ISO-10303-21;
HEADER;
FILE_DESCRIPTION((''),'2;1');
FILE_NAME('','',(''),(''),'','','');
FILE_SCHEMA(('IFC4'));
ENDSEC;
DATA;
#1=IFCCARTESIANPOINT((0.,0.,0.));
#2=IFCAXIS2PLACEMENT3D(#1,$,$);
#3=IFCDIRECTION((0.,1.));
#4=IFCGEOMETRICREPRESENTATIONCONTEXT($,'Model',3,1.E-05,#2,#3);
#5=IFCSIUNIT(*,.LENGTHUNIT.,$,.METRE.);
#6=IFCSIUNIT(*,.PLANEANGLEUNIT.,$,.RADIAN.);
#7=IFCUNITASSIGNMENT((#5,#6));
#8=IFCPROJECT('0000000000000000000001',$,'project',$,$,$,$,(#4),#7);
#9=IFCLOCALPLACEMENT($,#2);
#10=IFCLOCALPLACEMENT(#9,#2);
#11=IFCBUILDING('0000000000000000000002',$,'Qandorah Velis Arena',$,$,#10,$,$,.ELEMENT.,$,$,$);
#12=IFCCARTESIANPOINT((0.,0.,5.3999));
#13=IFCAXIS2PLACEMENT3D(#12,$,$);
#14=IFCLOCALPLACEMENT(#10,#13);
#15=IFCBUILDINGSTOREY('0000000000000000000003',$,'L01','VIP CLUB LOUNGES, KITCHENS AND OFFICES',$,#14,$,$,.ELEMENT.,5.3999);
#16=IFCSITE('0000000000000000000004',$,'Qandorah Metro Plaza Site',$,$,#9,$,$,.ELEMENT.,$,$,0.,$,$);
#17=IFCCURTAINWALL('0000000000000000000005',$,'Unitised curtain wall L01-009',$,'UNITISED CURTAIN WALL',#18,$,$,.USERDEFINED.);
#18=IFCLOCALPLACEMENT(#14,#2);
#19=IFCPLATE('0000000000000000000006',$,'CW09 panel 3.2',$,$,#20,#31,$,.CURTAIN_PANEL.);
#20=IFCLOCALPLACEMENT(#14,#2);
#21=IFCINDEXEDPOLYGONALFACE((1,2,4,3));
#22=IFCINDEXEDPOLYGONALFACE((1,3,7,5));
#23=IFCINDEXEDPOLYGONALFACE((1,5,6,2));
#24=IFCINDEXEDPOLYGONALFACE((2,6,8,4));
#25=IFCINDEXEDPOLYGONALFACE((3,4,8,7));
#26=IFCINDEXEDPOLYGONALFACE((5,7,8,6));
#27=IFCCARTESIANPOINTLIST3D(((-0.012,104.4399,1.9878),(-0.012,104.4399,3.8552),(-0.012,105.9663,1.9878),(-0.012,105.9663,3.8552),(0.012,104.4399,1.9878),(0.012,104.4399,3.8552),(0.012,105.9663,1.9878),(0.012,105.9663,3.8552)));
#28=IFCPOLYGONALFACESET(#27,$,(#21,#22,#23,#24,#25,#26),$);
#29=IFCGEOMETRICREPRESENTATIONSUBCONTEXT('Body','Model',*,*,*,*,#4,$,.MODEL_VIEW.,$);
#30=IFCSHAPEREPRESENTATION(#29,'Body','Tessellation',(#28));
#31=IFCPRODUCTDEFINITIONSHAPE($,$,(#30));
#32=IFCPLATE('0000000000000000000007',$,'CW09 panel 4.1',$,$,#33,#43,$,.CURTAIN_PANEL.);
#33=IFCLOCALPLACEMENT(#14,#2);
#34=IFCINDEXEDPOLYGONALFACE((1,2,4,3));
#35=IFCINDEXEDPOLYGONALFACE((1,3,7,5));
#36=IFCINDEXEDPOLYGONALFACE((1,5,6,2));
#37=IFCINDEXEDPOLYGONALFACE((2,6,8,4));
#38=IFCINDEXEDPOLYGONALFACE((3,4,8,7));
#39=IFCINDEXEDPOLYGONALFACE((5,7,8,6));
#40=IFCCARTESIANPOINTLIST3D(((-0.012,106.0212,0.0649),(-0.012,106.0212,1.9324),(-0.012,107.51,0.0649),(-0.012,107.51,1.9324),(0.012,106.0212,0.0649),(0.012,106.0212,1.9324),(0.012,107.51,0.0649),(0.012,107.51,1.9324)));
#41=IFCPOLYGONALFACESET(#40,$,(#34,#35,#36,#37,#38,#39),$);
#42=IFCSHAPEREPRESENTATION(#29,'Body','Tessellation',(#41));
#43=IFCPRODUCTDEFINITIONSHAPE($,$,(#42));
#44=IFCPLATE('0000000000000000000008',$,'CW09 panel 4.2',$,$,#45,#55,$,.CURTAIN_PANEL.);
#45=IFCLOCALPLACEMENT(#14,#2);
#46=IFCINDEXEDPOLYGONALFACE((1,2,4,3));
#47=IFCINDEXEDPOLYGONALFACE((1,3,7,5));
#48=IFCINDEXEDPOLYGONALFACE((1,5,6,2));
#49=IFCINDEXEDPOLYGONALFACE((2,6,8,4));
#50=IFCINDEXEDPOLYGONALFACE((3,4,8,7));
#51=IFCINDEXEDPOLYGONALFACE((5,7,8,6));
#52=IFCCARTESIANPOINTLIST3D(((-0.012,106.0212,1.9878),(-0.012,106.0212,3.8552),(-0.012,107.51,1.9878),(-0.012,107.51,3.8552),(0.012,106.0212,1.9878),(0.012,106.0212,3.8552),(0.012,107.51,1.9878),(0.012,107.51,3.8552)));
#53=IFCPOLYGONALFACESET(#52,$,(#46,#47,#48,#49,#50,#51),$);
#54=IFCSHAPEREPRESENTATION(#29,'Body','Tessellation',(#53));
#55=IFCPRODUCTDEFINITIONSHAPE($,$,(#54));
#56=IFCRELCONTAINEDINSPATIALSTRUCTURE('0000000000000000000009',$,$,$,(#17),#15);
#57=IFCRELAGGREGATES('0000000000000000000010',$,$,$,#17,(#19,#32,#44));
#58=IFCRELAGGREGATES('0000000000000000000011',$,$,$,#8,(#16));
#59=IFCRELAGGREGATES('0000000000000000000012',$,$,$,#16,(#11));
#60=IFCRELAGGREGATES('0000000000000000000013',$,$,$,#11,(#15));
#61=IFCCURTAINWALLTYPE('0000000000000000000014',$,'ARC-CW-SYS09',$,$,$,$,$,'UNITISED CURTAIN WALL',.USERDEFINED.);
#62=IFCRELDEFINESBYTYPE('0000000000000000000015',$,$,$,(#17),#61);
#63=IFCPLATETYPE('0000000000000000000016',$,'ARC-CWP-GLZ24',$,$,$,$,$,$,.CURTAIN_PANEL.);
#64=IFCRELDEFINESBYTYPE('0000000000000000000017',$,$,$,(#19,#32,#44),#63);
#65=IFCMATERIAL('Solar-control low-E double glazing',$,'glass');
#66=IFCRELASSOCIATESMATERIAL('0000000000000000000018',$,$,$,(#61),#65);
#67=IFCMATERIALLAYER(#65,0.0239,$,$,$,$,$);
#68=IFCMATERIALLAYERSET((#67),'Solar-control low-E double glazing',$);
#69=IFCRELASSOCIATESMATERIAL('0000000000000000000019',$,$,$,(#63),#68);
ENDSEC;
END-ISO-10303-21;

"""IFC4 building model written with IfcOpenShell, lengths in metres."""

from ifc_helpers import new_model, si_unit, direction, frame, origin, origin_2d, place, context, subcontext, project, spatial, rectangle, extrude, material, layer, layer_set, type_object, element, aggregate, save


model = new_model("IFC4")

# Units and contexts
model_context = context("Model", 3, precision=1e-05, world=origin(), true_north=direction((0.0, 1.0)))
body_context = subcontext(model_context, "Body", "Model", "MODEL_VIEW")
ifc_project = project(units=[si_unit("LENGTHUNIT", "METRE"), si_unit("PLANEANGLEUNIT", "RADIAN")], contexts=[model_context])

# Site, building, storey
site_placement = place(None, origin())
site = spatial("IfcSite", under=ifc_project, at=site_placement, Name="Qandorah Metro Plaza Site", CompositionType="ELEMENT", RefElevation=0.0)
building_placement = place(site_placement, origin())
building = spatial("IfcBuilding", under=site, at=building_placement, Name="Qandorah Velis Arena", CompositionType="ELEMENT")
storey_placement = place(building_placement, frame((0.0, 0.0, 5.3999)))
storey = spatial("IfcBuildingStorey", under=building, at=storey_placement, Name="L01", Description="VIP CLUB LOUNGES, KITCHENS AND OFFICES", CompositionType="ELEMENT", Elevation=5.3999)

# Shared definitions
ifc_material_1 = material(Name="Solar-control low-E double glazing", Category="glass")

# Curtain wall
curtain_wall_type_1 = type_object("IfcCurtainWallType", Name="ARC-CW-SYS09", ElementType="UNITISED CURTAIN WALL", PredefinedType="USERDEFINED", material=ifc_material_1)
curtain_wall_1_placement = place(storey_placement, origin())
curtain_wall_1 = element("IfcCurtainWall", 1, at=curtain_wall_1_placement, inside=storey, type_object=curtain_wall_type_1, Name="Unitised curtain wall L01-009", ObjectType="UNITISED CURTAIN WALL", PredefinedType="USERDEFINED")

# Plates
ifc_layer = layer(ifc_material_1, 0.0239)
ifc_layer_set = layer_set([ifc_layer], Name="Solar-control low-E double glazing")
plate_type = type_object("IfcPlateType", Name="ARC-CWP-GLZ24", PredefinedType="CURTAIN_PANEL", material=ifc_layer_set)
plate_1_placement = place(storey_placement, frame((0.0, 105.2031, 1.9878), z_axis=(0.0, 0.0, 1.0), x_axis=(0.0, 1.0, 0.0)))
plate_1 = element("IfcPlate", 2, at=plate_1_placement, type_object=plate_type, Name="CW09 panel 3.2", PredefinedType="CURTAIN_PANEL", context=body_context, shape_type="SweptSolid", body=[
    extrude(rectangle(XDim=1.5264, YDim=0.0239, at=origin_2d()), origin(), (0.0, 0.0, 1.0), 1.8674),
])
plate_2_placement = place(storey_placement, frame((0.0, 106.7656, 0.0649), z_axis=(0.0, 0.0, 1.0), x_axis=(0.0, 1.0, 0.0)))
plate_2 = element("IfcPlate", 3, at=plate_2_placement, type_object=plate_type, Name="CW09 panel 4.1", PredefinedType="CURTAIN_PANEL", context=body_context, shape_type="SweptSolid", body=[
    extrude(rectangle(XDim=1.4888, YDim=0.0239, at=origin_2d()), origin(), (0.0, 0.0, 1.0), 1.8674),
])
plate_3_placement = place(storey_placement, frame((0.0, 106.7656, 1.9878), z_axis=(0.0, 0.0, 1.0), x_axis=(0.0, 1.0, 0.0)))
plate_3 = element("IfcPlate", 4, at=plate_3_placement, type_object=plate_type, Name="CW09 panel 4.2", PredefinedType="CURTAIN_PANEL", context=body_context, shape_type="SweptSolid", body=[
    extrude(rectangle(XDim=1.4888, YDim=0.0239, at=origin_2d()), origin(), (0.0, 0.0, 1.0), 1.8674),
])
aggregate(curtain_wall_1, [plate_1, plate_2, plate_3])

save(model, "model.ifc")
